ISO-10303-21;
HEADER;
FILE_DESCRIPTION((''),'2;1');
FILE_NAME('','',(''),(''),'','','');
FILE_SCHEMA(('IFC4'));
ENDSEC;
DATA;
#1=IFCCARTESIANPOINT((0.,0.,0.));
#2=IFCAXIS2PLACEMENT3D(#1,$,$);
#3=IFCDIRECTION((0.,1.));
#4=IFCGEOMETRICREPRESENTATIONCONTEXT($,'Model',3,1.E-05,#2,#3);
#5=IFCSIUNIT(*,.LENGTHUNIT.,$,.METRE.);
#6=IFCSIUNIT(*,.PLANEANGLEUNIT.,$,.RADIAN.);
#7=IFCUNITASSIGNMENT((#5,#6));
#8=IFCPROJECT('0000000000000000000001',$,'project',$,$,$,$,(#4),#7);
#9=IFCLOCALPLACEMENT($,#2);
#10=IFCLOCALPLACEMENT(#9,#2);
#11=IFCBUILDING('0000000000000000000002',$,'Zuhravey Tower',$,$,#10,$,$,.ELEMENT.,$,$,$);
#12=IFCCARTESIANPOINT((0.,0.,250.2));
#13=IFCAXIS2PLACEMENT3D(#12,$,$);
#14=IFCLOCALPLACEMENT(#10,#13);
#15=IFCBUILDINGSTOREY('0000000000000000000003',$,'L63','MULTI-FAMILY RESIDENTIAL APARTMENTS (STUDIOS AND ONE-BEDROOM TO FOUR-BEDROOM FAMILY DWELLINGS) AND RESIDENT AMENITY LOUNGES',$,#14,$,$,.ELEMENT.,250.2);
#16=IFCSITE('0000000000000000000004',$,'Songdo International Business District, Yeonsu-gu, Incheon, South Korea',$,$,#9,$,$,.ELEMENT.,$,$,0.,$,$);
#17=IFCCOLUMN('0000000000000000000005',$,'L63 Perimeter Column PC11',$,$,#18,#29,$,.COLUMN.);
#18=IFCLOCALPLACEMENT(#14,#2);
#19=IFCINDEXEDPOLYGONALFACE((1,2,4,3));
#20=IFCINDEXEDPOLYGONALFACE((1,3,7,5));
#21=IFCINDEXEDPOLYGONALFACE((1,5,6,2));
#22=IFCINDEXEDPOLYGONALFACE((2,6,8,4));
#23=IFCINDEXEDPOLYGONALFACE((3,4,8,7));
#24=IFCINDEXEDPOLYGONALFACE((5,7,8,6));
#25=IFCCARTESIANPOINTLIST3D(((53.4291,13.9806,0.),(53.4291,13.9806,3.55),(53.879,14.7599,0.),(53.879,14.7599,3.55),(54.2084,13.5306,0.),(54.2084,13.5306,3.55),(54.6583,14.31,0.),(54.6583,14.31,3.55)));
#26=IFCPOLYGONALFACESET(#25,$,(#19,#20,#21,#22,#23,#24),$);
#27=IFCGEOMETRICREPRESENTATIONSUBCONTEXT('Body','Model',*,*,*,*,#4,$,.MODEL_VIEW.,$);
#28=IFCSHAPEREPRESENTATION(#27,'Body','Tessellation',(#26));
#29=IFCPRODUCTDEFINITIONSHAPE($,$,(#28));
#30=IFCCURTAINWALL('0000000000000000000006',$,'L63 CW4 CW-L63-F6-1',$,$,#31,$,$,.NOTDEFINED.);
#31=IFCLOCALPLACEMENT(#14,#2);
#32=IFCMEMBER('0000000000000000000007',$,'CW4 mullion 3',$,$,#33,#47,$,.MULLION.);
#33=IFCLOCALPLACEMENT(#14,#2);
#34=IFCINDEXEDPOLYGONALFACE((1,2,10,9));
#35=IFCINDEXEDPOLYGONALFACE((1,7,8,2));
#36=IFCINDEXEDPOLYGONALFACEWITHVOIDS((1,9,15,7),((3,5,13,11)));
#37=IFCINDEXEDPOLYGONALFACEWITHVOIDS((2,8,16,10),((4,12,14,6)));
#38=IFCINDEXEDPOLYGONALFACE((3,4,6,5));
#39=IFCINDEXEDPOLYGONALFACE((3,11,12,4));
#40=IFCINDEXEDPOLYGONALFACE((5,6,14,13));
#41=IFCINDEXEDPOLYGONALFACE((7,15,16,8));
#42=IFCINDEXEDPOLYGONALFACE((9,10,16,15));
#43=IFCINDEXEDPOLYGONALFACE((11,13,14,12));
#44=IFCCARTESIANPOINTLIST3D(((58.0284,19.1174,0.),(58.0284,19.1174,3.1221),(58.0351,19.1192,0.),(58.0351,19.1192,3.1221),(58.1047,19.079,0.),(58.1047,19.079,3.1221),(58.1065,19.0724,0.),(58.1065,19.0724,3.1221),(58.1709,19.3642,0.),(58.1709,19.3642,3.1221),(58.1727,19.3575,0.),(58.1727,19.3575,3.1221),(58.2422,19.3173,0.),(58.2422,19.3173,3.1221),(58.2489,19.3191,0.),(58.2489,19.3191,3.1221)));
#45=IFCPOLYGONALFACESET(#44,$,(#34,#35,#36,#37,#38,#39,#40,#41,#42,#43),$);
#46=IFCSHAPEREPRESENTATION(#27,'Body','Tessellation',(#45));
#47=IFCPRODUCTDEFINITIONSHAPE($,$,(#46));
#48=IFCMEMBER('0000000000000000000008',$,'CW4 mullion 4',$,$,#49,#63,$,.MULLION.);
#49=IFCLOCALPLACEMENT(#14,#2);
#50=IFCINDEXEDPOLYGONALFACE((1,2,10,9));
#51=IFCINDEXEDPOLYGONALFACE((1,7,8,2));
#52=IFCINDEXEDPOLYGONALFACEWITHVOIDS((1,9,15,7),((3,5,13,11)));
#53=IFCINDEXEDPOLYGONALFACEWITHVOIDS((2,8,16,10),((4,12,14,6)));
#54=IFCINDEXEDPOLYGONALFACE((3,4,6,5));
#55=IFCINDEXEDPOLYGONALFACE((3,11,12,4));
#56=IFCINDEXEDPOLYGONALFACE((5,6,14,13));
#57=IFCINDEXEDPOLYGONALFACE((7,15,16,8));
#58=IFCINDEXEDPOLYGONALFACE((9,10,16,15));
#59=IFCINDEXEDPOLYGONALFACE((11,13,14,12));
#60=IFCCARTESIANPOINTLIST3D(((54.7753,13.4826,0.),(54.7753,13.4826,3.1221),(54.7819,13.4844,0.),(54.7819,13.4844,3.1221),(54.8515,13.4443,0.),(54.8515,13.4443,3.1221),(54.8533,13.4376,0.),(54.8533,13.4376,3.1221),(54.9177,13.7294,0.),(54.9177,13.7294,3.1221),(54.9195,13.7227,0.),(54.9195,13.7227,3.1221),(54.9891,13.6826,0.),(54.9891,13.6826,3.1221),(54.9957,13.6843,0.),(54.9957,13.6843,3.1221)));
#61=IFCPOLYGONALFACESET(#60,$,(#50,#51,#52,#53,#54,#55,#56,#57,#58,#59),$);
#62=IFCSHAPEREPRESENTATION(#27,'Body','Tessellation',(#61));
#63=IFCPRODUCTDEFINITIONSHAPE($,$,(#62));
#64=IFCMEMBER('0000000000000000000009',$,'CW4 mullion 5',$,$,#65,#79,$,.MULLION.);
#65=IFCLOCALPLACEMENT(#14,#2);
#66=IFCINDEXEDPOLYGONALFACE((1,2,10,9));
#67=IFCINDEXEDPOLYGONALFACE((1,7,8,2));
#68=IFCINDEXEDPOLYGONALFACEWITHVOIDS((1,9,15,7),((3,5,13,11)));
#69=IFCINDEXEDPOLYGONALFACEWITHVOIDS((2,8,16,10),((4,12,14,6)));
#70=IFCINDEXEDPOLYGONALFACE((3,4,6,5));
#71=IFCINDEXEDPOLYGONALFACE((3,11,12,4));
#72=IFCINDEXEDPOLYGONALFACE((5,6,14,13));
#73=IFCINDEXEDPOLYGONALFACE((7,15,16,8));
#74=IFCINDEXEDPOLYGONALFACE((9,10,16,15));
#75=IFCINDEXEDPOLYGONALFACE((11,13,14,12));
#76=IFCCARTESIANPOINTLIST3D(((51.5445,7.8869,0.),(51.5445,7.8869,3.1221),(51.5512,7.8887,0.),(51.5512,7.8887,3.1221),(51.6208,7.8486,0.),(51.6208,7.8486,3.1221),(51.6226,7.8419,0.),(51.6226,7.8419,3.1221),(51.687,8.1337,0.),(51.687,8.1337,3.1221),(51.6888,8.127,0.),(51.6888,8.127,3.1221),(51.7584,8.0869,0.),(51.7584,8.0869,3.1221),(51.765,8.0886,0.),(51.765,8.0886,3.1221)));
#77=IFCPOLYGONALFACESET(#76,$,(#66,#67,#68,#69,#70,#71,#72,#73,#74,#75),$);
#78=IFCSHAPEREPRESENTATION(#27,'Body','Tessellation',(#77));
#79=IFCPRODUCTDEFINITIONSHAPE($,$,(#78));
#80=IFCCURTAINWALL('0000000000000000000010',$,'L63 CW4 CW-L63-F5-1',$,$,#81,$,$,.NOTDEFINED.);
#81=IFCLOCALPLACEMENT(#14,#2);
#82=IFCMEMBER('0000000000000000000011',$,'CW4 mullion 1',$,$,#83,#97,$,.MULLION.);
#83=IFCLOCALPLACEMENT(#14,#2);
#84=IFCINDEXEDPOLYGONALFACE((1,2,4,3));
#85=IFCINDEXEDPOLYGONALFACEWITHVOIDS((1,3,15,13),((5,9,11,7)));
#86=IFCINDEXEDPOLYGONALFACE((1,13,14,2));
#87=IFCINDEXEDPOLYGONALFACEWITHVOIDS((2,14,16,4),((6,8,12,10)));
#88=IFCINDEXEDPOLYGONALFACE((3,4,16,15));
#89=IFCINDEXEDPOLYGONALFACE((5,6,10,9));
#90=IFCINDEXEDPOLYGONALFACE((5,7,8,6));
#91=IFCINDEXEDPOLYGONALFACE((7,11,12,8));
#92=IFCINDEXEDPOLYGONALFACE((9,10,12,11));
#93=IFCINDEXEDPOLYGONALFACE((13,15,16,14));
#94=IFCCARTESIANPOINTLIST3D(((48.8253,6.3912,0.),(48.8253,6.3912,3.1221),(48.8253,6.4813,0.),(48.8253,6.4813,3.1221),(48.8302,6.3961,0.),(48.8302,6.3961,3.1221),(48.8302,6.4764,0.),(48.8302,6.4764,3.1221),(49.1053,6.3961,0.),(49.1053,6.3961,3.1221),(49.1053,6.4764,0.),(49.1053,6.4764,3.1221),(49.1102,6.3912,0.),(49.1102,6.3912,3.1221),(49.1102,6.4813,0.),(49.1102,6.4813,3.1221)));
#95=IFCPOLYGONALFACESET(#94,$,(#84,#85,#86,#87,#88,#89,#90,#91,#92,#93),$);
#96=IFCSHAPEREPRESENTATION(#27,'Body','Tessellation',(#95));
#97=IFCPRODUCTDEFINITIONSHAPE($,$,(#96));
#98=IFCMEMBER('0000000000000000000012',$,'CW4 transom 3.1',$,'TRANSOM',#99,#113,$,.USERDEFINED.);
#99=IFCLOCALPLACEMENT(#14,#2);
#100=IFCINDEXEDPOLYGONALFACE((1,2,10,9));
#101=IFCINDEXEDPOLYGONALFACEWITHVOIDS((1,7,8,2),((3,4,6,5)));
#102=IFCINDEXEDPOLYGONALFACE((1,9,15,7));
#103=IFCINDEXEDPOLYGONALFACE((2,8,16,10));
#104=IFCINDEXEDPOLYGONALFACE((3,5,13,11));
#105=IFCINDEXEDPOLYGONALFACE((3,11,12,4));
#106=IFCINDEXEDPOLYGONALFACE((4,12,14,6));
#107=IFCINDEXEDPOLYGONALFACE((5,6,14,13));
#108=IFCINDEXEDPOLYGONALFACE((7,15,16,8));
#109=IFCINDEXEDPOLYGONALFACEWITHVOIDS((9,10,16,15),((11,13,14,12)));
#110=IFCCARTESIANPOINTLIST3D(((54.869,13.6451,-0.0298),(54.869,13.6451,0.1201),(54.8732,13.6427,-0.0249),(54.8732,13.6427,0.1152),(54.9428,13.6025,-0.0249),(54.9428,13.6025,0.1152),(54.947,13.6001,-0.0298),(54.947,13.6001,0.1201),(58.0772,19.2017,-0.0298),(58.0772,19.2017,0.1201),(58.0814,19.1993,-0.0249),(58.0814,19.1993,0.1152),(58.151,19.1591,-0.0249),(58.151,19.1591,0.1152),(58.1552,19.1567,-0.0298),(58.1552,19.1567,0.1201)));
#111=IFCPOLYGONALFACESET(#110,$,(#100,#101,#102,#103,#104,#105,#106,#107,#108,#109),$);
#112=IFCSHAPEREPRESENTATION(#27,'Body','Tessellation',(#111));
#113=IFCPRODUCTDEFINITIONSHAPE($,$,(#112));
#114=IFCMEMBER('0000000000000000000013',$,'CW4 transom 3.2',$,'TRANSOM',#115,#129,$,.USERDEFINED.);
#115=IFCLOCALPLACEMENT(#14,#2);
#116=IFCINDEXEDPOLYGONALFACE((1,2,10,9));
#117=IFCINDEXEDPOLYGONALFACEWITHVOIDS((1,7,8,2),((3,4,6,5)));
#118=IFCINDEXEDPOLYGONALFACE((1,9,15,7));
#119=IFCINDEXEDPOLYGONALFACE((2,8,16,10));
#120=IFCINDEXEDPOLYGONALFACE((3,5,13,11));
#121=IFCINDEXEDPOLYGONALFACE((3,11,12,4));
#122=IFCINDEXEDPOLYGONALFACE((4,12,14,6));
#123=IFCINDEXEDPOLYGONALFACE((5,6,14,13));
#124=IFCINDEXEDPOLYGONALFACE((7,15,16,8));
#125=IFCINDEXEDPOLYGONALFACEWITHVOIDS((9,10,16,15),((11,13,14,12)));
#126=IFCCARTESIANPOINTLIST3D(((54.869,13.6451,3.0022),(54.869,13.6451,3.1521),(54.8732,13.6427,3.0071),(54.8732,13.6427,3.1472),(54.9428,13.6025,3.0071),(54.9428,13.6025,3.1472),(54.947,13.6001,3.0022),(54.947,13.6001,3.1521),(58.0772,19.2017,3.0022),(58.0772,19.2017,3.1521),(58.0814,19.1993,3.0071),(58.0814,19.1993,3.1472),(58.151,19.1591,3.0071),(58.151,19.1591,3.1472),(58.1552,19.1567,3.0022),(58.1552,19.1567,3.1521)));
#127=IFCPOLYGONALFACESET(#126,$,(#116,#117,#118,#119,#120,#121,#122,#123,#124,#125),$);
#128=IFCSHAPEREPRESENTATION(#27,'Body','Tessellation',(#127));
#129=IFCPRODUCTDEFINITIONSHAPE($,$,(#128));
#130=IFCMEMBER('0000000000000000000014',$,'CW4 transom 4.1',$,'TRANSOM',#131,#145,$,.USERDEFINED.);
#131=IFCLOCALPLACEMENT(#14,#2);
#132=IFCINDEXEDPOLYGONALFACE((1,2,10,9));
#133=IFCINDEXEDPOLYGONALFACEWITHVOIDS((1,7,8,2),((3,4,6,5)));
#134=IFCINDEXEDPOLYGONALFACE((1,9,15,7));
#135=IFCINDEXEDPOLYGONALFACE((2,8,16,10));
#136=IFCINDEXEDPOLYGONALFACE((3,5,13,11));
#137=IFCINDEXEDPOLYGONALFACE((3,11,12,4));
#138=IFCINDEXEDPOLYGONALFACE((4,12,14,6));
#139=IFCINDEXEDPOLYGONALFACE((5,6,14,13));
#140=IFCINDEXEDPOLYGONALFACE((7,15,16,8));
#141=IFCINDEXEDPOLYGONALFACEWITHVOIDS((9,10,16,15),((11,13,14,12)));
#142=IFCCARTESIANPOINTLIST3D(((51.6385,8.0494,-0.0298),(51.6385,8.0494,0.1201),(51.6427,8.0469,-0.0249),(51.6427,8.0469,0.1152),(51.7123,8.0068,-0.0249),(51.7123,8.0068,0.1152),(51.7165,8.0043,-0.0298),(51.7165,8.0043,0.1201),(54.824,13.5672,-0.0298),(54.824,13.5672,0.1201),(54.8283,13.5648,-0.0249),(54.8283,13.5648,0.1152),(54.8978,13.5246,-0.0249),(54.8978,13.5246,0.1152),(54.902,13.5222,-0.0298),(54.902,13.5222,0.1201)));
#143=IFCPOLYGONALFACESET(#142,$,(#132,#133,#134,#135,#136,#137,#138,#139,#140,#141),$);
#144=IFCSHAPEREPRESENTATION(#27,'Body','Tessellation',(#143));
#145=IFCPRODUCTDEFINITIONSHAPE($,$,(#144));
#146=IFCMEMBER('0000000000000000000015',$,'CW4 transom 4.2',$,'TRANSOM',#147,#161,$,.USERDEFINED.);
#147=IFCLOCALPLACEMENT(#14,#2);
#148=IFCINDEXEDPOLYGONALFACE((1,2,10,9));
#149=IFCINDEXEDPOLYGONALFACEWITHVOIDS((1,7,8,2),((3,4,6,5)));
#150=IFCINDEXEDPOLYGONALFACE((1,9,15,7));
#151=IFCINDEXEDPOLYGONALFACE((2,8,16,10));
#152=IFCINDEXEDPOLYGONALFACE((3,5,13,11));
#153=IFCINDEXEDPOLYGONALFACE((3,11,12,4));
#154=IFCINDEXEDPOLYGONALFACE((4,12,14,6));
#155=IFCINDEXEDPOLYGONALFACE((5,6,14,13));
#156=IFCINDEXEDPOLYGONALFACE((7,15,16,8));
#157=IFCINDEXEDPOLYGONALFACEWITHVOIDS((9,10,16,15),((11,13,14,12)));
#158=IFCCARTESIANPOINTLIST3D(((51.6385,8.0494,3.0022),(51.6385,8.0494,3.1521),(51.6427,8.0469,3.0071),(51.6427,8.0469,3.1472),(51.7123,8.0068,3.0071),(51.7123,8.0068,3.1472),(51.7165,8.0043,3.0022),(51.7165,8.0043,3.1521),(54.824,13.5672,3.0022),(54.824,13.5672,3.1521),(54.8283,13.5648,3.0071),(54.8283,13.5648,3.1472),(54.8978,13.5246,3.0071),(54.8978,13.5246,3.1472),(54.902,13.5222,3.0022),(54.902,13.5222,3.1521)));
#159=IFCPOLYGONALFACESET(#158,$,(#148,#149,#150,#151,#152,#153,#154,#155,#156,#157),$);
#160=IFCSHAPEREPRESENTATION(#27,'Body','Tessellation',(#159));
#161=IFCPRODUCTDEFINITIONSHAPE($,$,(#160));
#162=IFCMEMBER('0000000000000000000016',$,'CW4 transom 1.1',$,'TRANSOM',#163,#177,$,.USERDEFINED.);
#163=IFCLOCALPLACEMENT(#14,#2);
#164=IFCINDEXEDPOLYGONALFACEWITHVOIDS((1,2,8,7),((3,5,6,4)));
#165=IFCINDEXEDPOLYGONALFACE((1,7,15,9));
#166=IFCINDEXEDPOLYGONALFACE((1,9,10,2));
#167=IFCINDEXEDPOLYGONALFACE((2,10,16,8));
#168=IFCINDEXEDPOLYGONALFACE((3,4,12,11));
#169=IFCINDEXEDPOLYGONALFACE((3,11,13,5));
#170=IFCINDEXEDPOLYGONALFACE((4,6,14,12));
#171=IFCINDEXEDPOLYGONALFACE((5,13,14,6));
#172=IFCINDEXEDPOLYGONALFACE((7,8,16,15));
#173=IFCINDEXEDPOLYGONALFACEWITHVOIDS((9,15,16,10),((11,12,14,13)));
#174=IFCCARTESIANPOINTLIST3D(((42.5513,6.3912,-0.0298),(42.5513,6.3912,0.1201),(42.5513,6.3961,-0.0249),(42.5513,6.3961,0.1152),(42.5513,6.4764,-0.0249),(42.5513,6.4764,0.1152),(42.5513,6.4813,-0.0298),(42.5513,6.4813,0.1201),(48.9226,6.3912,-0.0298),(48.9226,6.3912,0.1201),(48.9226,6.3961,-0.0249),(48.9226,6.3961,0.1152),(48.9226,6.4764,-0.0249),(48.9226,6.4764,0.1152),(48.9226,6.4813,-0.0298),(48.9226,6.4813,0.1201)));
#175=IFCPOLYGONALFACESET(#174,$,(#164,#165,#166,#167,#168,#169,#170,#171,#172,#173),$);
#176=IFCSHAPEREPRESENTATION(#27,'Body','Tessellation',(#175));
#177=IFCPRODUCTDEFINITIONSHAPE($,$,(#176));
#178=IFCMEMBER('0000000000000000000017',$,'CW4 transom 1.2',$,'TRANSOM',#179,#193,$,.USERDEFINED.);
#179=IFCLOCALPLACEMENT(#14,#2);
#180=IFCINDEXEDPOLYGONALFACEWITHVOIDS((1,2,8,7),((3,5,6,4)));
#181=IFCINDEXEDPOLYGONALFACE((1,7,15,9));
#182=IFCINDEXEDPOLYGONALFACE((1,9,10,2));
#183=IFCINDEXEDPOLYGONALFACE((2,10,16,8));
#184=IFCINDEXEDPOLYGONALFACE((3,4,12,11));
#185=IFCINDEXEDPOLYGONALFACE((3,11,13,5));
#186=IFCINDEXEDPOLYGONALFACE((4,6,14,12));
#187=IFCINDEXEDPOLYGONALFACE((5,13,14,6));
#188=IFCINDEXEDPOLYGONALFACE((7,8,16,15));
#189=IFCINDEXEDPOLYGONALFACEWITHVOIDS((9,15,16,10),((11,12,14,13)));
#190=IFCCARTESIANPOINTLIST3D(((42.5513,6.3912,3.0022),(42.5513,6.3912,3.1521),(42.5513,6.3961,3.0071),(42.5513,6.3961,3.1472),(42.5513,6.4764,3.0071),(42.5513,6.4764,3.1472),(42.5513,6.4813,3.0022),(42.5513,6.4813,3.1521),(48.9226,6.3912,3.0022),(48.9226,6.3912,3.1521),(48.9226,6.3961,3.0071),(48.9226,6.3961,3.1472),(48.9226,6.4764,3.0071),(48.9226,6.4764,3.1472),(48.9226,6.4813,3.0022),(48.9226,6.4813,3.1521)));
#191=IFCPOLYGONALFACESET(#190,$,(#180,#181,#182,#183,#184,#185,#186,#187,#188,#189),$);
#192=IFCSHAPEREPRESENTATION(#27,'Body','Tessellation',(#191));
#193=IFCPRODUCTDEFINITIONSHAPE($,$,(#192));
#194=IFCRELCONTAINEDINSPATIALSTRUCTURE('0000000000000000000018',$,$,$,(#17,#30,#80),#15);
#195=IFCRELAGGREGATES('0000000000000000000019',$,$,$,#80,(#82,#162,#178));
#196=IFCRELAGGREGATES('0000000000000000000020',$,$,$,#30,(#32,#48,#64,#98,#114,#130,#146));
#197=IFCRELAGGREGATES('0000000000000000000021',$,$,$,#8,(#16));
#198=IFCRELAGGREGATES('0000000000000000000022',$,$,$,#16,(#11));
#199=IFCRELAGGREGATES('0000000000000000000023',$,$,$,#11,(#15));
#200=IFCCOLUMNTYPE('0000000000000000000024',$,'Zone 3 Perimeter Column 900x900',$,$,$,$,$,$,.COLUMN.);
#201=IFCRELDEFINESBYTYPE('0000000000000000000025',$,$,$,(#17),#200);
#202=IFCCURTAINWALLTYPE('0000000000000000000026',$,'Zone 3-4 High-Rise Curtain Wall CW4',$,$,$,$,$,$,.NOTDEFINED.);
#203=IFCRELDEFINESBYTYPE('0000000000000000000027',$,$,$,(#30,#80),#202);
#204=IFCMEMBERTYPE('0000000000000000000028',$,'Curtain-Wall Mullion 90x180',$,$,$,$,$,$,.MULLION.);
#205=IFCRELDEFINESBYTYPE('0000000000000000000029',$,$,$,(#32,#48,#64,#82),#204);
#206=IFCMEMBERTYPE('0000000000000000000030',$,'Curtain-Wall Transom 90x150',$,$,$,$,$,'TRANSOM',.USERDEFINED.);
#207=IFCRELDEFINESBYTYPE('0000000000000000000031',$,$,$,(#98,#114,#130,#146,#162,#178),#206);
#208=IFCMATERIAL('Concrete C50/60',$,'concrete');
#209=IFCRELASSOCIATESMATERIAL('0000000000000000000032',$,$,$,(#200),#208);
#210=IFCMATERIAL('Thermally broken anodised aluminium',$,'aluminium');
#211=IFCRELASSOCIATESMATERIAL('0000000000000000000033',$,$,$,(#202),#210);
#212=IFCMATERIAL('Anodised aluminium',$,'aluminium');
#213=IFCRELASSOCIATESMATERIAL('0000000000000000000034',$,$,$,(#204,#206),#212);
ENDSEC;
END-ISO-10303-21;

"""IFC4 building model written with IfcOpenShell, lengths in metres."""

from ifc_helpers import new_model, si_unit, direction, frame, origin, origin_2d, place, context, subcontext, project, spatial, rectangle, hollow_rectangle, extrude, material, material_profile, profile_set, type_object, element, aggregate, save


model = new_model("IFC4")

# Units and contexts
model_context = context("Model", 3, precision=1e-05, world=origin(), true_north=direction((0.0, 1.0)))
body_context = subcontext(model_context, "Body", "Model", "MODEL_VIEW")
ifc_project = project(units=[si_unit("LENGTHUNIT", "METRE"), si_unit("PLANEANGLEUNIT", "RADIAN")], contexts=[model_context])

# Site, building, storey
site_placement = place(None, origin())
site = spatial("IfcSite", under=ifc_project, at=site_placement, Name="Songdo International Business District, Yeonsu-gu, Incheon, South Korea", CompositionType="ELEMENT", RefElevation=0.0)
building_placement = place(site_placement, origin())
building = spatial("IfcBuilding", under=site, at=building_placement, Name="Zuhravey Tower", CompositionType="ELEMENT")
storey_placement = place(building_placement, frame((0.0, 0.0, 250.2)))
storey = spatial("IfcBuildingStorey", under=building, at=storey_placement, Name="L63", Description="MULTI-FAMILY RESIDENTIAL APARTMENTS (STUDIOS AND ONE-BEDROOM TO FOUR-BEDROOM FAMILY DWELLINGS) AND RESIDENT AMENITY LOUNGES", CompositionType="ELEMENT", Elevation=250.2)

# Column
ifc_material_1 = material(Name="Concrete C50/60", Category="concrete")
ifc_material_profile_1 = material_profile(ifc_material_1, rectangle(XDim=0.8999, YDim=0.8999, at=origin_2d()), Name="RC-900x900")
ifc_profile_set_1 = profile_set([ifc_material_profile_1], Name="Concrete C50/60")
column_type = type_object("IfcColumnType", Name="Zone 3 Perimeter Column 900x900", PredefinedType="COLUMN", material=ifc_profile_set_1)
column_placement = place(storey_placement, frame((54.0437, 14.1453, 0.0), z_axis=(0.0, 0.0, 1.0), x_axis=(0.5, 0.866025, 0.0)))
element("IfcColumn", 1, at=column_placement, inside=storey, type_object=column_type, Name="L63 Perimeter Column PC11", PredefinedType="COLUMN", context=body_context, shape_type="SweptSolid", body=[
    extrude(rectangle(XDim=0.8999, YDim=0.8999, at=origin_2d()), origin(), (0.0, 0.0, 1.0), 3.55),
])

# Curtain wall, members
ifc_material_2 = material(Name="Thermally broken anodised aluminium", Category="aluminium")
curtain_wall_type = type_object("IfcCurtainWallType", Name="Zone 3-4 High-Rise Curtain Wall CW4", PredefinedType="NOTDEFINED", material=ifc_material_2)
curtain_wall_1_placement = place(storey_placement, origin())
curtain_wall_1 = element("IfcCurtainWall", 2, at=curtain_wall_1_placement, inside=storey, type_object=curtain_wall_type, Name="L63 CW4 CW-L63-F6-1", PredefinedType="NOTDEFINED")
ifc_material_3 = material(Name="Anodised aluminium", Category="aluminium")
ifc_material_profile_2 = material_profile(ifc_material_3, hollow_rectangle(XDim=0.0901, YDim=0.2849, WallThickness=0.0049, at=origin_2d()), Name="ALU-RHS-90x285x5")
ifc_profile_set_2 = profile_set([ifc_material_profile_2], Name="Anodised aluminium")
member_type_1 = type_object("IfcMemberType", Name="Curtain-Wall Mullion 90x180", PredefinedType="MULLION", material=ifc_profile_set_2)
member_1_placement = place(storey_placement, frame((58.1387, 19.2183, 0.0), z_axis=(0.0, 0.0, 1.0), x_axis=(0.866025, -0.500001, 0.0)))
member_1 = element("IfcMember", 3, at=member_1_placement, type_object=member_type_1, Name="CW4 mullion 3", PredefinedType="MULLION", context=body_context, shape_type="SweptSolid", body=[
    extrude(hollow_rectangle(XDim=0.0901, YDim=0.2849, WallThickness=0.0049, at=origin_2d()), origin(), (0.0, 0.0, 1.0), 3.1221),
])
member_2_placement = place(storey_placement, frame((54.8855, 13.5835, 0.0), z_axis=(0.0, 0.0, 1.0), x_axis=(0.866025, -0.500001, 0.0)))
member_2 = element("IfcMember", 4, at=member_2_placement, type_object=member_type_1, Name="CW4 mullion 4", PredefinedType="MULLION", context=body_context, shape_type="SweptSolid", body=[
    extrude(hollow_rectangle(XDim=0.0901, YDim=0.2849, WallThickness=0.0049, at=origin_2d()), origin(), (0.0, 0.0, 1.0), 3.1221),
])
member_3_placement = place(storey_placement, frame((51.6548, 7.9878, 0.0), z_axis=(0.0, 0.0, 1.0), x_axis=(0.866025, -0.500001, 0.0)))
member_3 = element("IfcMember", 5, at=member_3_placement, type_object=member_type_1, Name="CW4 mullion 5", PredefinedType="MULLION", context=body_context, shape_type="SweptSolid", body=[
    extrude(hollow_rectangle(XDim=0.0901, YDim=0.2849, WallThickness=0.0049, at=origin_2d()), origin(), (0.0, 0.0, 1.0), 3.1221),
])

# Curtain wall, member
curtain_wall_2_placement = place(storey_placement, origin())
curtain_wall_2 = element("IfcCurtainWall", 6, at=curtain_wall_2_placement, inside=storey, type_object=curtain_wall_type, Name="L63 CW4 CW-L63-F5-1", PredefinedType="NOTDEFINED")
member_4_placement = place(storey_placement, frame((48.9678, 6.4363, 0.0), z_axis=(0.0, 0.0, 1.0), x_axis=(0.0, -1.0, 0.0)))
member_4 = element("IfcMember", 7, at=member_4_placement, type_object=member_type_1, Name="CW4 mullion 1", PredefinedType="MULLION", context=body_context, shape_type="SweptSolid", body=[
    extrude(hollow_rectangle(XDim=0.0901, YDim=0.2849, WallThickness=0.0049, at=origin_2d()), origin(), (0.0, 0.0, 1.0), 3.1221),
])

# Members
ifc_material_profile_3 = material_profile(ifc_material_3, hollow_rectangle(XDim=0.0901, YDim=0.1499, WallThickness=0.0049, at=origin_2d()), Name="ALU-RHS-90x150x5")
ifc_profile_set_3 = profile_set([ifc_material_profile_3], Name="Anodised aluminium")
member_type_2 = type_object("IfcMemberType", Name="Curtain-Wall Transom 90x150", ElementType="TRANSOM", PredefinedType="USERDEFINED", material=ifc_profile_set_3)
member_5_placement = place(storey_placement, frame((58.1162, 19.1792, 0.0452), z_axis=(-0.500014, -0.866017, 0.0), x_axis=(0.866017, -0.500014, 0.0)))
member_5 = element("IfcMember", 8, at=member_5_placement, type_object=member_type_2, Name="CW4 transom 3.1", ObjectType="TRANSOM", PredefinedType="USERDEFINED", context=body_context, shape_type="SweptSolid", body=[
    extrude(hollow_rectangle(XDim=0.0901, YDim=0.1499, WallThickness=0.0049, at=origin_2d()), origin(), (0.0, 0.0, 1.0), 6.4163),
])
member_6_placement = place(storey_placement, frame((58.1162, 19.1792, 3.0771), z_axis=(-0.500014, -0.866017, 0.0), x_axis=(0.866017, -0.500014, 0.0)))
member_6 = element("IfcMember", 9, at=member_6_placement, type_object=member_type_2, Name="CW4 transom 3.2", ObjectType="TRANSOM", PredefinedType="USERDEFINED", context=body_context, shape_type="SweptSolid", body=[
    extrude(hollow_rectangle(XDim=0.0901, YDim=0.1499, WallThickness=0.0049, at=origin_2d()), origin(), (0.0, 0.0, 1.0), 6.4163),
])
member_7_placement = place(storey_placement, frame((54.863, 13.5447, 0.0452), z_axis=(-0.49998, -0.866037, 0.0), x_axis=(0.866037, -0.49998, 0.0)))
member_7 = element("IfcMember", 10, at=member_7_placement, type_object=member_type_2, Name="CW4 transom 4.1", ObjectType="TRANSOM", PredefinedType="USERDEFINED", context=body_context, shape_type="SweptSolid", body=[
    extrude(hollow_rectangle(XDim=0.0901, YDim=0.1499, WallThickness=0.0049, at=origin_2d()), origin(), (0.0, 0.0, 1.0), 6.3713),
])
member_8_placement = place(storey_placement, frame((54.863, 13.5447, 3.0771), z_axis=(-0.49998, -0.866037, 0.0), x_axis=(0.866037, -0.49998, 0.0)))
member_8 = element("IfcMember", 11, at=member_8_placement, type_object=member_type_2, Name="CW4 transom 4.2", ObjectType="TRANSOM", PredefinedType="USERDEFINED", context=body_context, shape_type="SweptSolid", body=[
    extrude(hollow_rectangle(XDim=0.0901, YDim=0.1499, WallThickness=0.0049, at=origin_2d()), origin(), (0.0, 0.0, 1.0), 6.3713),
])
member_9_placement = place(storey_placement, frame((48.9226, 6.4363, 0.0452), z_axis=(-1.0, 0.0, 0.0), x_axis=(0.0, -1.0, 0.0)))
member_9 = element("IfcMember", 12, at=member_9_placement, type_object=member_type_2, Name="CW4 transom 1.1", ObjectType="TRANSOM", PredefinedType="USERDEFINED", context=body_context, shape_type="SweptSolid", body=[
    extrude(hollow_rectangle(XDim=0.0901, YDim=0.1499, WallThickness=0.0049, at=origin_2d()), origin(), (0.0, 0.0, 1.0), 6.3713),
])
member_10_placement = place(storey_placement, frame((48.9226, 6.4363, 3.0771), z_axis=(-1.0, 0.0, 0.0), x_axis=(0.0, -1.0, 0.0)))
member_10 = element("IfcMember", 13, at=member_10_placement, type_object=member_type_2, Name="CW4 transom 1.2", ObjectType="TRANSOM", PredefinedType="USERDEFINED", context=body_context, shape_type="SweptSolid", body=[
    extrude(hollow_rectangle(XDim=0.0901, YDim=0.1499, WallThickness=0.0049, at=origin_2d()), origin(), (0.0, 0.0, 1.0), 6.3713),
])
aggregate(curtain_wall_2, [member_4, member_9, member_10])

aggregate(curtain_wall_1, [member_1, member_2, member_3, member_5, member_6, member_7, member_8])

save(model, "model.ifc")
